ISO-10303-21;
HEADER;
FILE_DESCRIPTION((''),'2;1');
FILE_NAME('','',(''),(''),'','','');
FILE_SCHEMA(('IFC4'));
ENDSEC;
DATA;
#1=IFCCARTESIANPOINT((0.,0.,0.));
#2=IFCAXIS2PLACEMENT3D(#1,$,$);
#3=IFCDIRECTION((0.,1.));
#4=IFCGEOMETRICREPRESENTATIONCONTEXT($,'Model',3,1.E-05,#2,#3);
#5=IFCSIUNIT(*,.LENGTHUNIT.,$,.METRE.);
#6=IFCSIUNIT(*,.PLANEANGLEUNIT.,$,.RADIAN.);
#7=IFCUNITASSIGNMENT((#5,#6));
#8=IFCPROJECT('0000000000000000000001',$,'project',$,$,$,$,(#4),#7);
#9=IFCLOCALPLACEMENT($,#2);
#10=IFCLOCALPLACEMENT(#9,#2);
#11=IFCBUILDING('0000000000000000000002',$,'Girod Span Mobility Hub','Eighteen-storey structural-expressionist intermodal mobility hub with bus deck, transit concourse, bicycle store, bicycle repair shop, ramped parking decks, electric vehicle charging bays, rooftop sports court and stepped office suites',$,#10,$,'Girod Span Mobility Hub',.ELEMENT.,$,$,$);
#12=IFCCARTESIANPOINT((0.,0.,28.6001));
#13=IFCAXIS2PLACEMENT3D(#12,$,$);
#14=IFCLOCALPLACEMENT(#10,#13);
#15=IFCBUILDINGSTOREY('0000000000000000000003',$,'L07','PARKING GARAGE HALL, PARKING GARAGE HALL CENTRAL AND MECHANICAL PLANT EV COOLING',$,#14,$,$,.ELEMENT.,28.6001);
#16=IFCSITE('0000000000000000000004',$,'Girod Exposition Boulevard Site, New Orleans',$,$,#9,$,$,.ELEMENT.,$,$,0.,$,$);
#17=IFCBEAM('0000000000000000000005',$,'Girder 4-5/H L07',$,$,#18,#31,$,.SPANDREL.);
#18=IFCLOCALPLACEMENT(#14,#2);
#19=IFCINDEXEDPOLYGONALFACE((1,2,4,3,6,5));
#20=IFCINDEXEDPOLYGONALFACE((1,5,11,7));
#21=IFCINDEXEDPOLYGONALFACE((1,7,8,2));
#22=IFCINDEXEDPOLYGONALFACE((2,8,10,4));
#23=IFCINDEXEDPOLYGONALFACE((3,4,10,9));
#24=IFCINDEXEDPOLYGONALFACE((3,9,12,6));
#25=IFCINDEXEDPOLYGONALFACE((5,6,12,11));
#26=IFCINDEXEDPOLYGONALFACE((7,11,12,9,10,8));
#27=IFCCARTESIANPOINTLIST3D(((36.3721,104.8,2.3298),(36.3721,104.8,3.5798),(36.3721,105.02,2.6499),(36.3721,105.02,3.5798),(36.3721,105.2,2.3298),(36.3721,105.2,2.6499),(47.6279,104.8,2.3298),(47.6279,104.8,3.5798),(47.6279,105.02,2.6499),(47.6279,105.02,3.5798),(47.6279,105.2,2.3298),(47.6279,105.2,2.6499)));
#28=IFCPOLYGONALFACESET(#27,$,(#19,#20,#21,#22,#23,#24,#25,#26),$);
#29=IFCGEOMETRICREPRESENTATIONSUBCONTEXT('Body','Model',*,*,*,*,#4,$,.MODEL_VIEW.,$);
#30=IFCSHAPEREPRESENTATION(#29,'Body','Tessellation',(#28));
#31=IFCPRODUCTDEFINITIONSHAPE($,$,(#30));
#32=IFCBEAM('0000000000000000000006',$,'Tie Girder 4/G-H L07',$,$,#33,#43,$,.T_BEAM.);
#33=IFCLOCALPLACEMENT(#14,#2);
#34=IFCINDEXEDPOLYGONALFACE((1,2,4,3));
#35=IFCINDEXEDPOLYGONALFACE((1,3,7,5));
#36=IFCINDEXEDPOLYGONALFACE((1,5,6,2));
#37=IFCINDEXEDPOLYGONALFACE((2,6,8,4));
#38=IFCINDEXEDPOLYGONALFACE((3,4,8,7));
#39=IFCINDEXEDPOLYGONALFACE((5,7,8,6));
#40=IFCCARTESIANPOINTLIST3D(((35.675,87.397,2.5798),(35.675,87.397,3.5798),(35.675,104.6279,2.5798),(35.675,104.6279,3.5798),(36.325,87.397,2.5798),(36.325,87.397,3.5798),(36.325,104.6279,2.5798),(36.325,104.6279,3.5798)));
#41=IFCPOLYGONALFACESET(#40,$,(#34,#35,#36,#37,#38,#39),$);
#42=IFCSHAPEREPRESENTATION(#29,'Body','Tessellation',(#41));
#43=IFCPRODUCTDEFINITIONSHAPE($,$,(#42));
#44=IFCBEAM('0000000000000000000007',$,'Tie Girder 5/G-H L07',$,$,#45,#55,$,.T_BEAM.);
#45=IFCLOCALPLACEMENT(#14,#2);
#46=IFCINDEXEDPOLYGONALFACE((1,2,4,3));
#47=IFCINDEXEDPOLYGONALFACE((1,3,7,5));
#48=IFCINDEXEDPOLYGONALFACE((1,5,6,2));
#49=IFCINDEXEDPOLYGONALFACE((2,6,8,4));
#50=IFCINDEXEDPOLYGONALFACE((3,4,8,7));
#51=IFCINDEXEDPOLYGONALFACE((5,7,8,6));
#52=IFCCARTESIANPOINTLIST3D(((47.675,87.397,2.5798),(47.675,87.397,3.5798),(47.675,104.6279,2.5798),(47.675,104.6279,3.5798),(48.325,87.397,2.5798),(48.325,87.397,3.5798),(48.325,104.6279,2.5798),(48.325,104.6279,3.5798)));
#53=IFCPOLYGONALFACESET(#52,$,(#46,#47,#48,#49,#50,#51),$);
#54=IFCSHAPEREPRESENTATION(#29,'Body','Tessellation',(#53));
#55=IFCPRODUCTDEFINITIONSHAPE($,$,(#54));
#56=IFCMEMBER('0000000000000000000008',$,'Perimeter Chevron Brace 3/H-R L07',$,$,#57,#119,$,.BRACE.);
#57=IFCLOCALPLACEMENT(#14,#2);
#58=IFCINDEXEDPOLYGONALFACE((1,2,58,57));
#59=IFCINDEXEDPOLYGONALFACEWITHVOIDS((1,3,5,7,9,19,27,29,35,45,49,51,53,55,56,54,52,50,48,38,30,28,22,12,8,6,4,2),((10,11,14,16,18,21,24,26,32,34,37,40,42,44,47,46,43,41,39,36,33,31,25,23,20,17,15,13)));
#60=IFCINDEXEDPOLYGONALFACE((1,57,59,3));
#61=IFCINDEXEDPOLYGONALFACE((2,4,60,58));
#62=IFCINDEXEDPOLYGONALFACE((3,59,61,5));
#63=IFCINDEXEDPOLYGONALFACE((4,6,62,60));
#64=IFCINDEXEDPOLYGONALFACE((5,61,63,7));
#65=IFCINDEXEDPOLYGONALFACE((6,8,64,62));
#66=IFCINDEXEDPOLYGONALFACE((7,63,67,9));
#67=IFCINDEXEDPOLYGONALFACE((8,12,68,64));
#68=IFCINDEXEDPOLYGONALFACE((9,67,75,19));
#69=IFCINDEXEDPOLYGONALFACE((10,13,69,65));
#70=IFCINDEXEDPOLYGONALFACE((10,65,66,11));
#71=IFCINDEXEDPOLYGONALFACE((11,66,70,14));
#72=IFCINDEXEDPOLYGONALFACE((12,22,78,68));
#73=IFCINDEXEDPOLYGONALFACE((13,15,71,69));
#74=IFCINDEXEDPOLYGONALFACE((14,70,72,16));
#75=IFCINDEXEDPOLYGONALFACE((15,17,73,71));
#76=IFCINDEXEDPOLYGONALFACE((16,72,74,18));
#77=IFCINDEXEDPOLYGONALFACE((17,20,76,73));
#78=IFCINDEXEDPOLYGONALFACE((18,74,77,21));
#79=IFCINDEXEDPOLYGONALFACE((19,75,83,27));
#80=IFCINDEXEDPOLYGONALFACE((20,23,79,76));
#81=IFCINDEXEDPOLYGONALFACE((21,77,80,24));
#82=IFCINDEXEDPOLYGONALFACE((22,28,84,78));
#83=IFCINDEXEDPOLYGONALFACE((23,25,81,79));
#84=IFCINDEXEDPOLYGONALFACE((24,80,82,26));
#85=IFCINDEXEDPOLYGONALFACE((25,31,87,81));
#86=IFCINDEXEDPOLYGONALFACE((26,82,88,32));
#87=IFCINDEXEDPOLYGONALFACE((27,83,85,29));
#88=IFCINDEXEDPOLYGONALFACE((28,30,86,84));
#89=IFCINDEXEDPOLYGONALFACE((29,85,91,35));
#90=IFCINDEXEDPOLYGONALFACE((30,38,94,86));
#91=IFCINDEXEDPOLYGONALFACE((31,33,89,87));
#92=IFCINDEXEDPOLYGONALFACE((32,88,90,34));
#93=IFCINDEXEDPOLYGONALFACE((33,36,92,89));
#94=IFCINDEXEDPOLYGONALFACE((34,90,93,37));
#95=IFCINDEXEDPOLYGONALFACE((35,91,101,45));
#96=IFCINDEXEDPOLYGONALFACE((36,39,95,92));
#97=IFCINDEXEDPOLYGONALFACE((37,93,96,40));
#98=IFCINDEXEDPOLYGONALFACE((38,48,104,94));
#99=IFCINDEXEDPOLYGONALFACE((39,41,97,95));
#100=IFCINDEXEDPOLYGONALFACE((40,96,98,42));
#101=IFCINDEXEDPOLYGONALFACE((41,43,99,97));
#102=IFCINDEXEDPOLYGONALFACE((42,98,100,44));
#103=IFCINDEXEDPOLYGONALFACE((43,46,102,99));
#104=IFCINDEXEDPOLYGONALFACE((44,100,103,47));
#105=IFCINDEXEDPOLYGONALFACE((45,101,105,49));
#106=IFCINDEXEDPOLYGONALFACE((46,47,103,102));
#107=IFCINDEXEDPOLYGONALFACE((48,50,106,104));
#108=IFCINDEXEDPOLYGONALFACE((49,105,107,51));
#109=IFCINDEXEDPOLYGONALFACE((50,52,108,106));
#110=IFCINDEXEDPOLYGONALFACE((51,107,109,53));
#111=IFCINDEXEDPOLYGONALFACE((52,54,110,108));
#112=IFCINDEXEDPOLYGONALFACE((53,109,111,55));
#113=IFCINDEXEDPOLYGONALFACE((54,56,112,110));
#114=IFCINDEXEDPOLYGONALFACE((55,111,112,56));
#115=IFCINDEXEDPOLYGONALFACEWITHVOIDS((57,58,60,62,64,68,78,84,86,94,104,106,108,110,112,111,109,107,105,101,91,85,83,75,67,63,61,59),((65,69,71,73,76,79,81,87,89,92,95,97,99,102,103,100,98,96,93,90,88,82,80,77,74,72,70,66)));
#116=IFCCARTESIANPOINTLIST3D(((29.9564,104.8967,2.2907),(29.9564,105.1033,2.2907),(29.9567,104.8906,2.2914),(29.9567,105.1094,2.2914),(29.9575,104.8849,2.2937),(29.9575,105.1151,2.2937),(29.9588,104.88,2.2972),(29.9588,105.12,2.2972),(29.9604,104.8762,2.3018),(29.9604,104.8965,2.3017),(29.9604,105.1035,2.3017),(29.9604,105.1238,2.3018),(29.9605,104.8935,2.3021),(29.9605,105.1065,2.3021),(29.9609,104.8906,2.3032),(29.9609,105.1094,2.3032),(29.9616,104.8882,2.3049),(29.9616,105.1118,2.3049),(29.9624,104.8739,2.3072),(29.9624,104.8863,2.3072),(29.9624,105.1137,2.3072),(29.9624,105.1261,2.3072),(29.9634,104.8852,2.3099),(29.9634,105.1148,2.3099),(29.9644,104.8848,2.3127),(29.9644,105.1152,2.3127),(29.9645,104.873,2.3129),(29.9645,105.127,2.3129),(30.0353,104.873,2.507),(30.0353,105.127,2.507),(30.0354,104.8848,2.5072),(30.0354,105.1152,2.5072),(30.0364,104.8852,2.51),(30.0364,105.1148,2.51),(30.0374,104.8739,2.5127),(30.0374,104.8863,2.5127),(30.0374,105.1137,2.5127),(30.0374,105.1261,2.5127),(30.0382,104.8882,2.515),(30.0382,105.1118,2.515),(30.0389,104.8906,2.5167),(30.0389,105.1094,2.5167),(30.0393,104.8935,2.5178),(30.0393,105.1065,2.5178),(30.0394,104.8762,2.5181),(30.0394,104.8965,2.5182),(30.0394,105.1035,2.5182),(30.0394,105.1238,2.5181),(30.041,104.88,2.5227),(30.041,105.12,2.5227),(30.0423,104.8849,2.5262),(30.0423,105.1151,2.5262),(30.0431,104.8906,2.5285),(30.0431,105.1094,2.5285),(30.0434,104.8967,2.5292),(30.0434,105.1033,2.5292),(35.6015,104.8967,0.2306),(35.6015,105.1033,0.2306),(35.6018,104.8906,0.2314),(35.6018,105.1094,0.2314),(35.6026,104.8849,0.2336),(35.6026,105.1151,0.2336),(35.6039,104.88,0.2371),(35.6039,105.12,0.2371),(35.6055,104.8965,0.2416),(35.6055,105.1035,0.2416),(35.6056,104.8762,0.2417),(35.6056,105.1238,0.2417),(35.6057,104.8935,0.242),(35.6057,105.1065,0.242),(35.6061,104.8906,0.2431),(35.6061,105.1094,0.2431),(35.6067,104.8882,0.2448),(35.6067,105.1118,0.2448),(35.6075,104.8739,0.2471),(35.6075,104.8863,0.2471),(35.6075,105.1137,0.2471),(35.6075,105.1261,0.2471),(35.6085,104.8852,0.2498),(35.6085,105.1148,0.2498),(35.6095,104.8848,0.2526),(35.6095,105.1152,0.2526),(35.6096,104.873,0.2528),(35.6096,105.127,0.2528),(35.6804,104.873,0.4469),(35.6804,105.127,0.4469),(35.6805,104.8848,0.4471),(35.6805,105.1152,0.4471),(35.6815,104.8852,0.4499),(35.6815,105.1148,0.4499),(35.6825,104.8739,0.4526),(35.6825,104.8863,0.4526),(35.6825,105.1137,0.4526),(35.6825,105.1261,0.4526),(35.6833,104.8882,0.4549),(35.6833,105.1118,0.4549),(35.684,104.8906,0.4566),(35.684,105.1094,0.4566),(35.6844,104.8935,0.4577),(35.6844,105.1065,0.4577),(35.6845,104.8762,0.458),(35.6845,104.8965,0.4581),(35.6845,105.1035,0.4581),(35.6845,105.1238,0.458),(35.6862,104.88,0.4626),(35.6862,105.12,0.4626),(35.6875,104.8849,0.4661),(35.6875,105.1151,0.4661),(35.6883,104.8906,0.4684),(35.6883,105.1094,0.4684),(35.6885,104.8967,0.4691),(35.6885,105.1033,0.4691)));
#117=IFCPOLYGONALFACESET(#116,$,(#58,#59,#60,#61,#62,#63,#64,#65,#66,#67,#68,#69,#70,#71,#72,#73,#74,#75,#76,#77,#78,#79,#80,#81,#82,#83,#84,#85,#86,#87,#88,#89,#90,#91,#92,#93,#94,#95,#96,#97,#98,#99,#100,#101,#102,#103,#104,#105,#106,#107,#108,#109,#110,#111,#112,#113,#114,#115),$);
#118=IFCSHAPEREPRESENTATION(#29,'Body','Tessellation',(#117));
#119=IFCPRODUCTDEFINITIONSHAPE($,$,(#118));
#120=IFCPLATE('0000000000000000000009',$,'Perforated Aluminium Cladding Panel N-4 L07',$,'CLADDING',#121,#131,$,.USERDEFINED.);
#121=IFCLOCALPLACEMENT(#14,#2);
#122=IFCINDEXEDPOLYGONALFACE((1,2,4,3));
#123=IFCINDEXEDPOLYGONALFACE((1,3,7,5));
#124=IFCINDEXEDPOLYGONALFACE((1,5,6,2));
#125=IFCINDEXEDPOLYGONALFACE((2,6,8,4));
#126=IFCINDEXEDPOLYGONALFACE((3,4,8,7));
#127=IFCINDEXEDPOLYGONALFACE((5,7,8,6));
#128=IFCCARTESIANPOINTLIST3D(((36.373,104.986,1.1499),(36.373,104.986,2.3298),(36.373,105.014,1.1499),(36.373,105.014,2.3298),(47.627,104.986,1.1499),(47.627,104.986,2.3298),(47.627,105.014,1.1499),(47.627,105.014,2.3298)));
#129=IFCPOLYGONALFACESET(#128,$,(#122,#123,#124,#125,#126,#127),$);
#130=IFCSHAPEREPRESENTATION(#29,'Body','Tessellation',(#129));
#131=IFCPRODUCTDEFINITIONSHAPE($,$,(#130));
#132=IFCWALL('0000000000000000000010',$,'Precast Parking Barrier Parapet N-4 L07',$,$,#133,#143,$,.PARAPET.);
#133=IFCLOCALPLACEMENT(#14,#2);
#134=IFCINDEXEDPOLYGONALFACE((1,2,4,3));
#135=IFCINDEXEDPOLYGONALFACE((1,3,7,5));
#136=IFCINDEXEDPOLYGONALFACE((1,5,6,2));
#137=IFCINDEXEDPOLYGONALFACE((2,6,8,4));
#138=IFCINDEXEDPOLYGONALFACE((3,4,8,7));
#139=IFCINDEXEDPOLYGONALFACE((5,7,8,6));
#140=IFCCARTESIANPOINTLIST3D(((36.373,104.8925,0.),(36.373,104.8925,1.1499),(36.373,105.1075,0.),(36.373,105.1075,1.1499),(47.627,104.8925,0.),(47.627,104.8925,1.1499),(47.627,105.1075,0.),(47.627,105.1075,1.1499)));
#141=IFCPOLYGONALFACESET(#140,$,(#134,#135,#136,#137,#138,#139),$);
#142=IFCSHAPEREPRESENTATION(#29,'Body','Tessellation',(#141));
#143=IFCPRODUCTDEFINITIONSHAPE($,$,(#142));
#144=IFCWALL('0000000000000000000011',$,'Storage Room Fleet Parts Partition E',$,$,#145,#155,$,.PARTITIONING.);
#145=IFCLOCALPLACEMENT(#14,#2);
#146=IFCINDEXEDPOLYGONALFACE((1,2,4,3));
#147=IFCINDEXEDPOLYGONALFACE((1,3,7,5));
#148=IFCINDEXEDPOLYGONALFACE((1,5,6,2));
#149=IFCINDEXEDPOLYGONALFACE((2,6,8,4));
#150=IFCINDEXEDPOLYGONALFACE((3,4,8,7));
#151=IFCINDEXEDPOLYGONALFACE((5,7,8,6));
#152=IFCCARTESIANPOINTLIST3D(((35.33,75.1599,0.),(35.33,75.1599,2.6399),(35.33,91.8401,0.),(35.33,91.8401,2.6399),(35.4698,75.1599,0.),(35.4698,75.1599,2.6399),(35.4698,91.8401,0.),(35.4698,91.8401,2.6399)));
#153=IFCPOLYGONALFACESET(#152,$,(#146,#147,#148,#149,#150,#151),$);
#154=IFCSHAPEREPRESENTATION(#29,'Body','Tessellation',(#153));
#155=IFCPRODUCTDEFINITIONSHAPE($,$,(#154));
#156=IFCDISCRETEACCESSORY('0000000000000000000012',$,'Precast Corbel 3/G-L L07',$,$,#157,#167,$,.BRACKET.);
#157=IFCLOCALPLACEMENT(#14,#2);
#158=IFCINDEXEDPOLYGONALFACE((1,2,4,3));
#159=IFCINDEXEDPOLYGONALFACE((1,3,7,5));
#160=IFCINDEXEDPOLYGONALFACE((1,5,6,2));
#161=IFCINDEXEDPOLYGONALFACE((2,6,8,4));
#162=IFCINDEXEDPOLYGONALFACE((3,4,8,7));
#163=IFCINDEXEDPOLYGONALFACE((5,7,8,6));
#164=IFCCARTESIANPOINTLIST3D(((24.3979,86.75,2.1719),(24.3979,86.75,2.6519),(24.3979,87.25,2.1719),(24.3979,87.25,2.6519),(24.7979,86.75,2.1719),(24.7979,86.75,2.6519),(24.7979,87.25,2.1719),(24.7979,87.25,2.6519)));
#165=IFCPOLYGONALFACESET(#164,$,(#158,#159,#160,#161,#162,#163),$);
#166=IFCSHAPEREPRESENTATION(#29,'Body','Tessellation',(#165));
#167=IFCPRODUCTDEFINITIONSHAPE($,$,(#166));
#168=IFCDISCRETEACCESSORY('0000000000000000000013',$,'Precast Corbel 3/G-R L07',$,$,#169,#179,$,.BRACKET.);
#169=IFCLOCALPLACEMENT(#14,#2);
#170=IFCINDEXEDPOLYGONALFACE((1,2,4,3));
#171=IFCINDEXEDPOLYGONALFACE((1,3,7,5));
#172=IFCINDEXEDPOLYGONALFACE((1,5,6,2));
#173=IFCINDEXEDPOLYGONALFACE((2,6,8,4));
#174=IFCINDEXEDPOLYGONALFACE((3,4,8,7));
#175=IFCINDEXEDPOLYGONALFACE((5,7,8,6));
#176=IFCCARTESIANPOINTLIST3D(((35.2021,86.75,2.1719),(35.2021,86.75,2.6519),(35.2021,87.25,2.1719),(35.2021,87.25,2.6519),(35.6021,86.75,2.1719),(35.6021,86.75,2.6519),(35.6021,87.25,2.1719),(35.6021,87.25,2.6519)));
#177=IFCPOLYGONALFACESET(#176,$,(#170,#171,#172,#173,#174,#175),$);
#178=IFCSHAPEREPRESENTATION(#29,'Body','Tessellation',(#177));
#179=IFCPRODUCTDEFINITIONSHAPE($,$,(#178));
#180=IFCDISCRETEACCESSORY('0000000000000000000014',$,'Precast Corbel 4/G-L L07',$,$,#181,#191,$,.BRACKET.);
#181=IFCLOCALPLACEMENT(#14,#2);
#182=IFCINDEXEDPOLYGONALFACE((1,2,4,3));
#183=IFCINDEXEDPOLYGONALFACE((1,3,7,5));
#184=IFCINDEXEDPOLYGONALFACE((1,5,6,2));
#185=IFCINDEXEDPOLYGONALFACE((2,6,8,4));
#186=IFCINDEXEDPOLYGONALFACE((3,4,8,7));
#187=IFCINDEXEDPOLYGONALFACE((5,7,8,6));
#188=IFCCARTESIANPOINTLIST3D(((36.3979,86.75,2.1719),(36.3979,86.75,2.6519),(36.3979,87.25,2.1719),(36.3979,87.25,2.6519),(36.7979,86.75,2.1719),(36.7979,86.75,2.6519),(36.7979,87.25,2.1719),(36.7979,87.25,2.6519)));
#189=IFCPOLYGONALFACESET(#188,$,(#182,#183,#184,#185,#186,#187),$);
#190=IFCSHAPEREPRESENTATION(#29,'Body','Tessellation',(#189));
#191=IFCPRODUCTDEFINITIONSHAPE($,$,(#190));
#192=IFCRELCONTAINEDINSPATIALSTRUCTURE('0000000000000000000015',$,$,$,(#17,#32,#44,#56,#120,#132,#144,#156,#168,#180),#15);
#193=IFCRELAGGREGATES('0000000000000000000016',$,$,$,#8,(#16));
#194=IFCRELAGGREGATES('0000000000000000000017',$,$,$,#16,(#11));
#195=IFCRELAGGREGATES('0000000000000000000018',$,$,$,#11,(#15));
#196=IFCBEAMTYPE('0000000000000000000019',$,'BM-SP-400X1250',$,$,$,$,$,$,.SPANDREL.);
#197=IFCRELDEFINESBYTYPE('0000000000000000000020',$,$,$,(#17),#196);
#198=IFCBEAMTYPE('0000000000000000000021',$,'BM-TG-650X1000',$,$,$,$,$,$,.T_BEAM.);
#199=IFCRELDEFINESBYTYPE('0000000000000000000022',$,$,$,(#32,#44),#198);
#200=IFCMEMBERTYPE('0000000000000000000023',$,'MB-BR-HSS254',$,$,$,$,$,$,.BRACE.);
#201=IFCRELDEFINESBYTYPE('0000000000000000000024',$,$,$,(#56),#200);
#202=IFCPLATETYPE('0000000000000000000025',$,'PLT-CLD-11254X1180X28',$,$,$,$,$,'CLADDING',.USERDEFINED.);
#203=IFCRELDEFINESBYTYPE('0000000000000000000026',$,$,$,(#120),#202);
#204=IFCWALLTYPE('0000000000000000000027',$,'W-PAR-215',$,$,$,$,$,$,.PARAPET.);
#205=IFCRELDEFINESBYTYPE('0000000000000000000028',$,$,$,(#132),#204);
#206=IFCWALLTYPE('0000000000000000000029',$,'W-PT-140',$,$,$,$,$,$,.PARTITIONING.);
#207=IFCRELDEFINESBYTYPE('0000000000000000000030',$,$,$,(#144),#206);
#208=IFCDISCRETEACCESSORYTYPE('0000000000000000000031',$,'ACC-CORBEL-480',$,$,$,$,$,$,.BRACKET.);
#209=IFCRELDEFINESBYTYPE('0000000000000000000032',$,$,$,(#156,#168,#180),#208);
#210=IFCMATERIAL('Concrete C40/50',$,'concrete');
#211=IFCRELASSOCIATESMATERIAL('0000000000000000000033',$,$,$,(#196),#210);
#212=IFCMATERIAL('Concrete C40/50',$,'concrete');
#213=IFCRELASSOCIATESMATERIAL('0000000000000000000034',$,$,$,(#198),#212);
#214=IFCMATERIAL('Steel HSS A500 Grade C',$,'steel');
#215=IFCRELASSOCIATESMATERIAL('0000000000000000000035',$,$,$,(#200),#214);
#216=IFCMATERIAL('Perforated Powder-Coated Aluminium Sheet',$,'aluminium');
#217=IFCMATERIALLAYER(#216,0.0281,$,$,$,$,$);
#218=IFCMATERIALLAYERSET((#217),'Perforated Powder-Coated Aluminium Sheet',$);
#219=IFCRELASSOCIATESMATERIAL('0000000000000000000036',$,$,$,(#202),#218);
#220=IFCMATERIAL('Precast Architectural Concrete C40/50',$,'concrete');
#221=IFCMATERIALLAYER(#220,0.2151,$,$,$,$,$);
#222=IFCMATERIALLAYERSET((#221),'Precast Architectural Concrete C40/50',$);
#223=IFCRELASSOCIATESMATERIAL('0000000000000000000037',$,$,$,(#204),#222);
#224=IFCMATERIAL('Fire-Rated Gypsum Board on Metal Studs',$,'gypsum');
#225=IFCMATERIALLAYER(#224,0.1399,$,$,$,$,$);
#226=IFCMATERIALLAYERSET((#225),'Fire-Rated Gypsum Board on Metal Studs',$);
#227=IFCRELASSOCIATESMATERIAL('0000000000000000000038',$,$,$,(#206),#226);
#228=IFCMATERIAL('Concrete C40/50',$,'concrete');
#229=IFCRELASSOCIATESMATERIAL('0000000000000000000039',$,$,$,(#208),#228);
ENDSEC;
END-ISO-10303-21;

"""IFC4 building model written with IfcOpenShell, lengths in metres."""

from ifc_helpers import new_model, si_unit, direction, frame, frame_2d, origin, origin_2d, place, context, subcontext, project, spatial, polyline, rectangle, hollow_rectangle, outline, extrude, material, layer, layer_set, material_profile, profile_set, type_object, element, save


model = new_model("IFC4")

# Units and contexts
model_context = context("Model", 3, precision=1e-05, world=origin(), true_north=direction((0.0, 1.0)))
body_context = subcontext(model_context, "Body", "Model", "MODEL_VIEW")
ifc_project = project(units=[si_unit("LENGTHUNIT", "METRE"), si_unit("PLANEANGLEUNIT", "RADIAN")], contexts=[model_context])

# Site, building, storey
site_placement = place(None, origin())
site = spatial("IfcSite", under=ifc_project, at=site_placement, Name="Girod Exposition Boulevard Site, New Orleans", CompositionType="ELEMENT", RefElevation=0.0)
building_placement = place(site_placement, origin())
building = spatial("IfcBuilding", under=site, at=building_placement, Name="Girod Span Mobility Hub", Description="Eighteen-storey structural-expressionist intermodal mobility hub with bus deck, transit concourse, bicycle store, bicycle repair shop, ramped parking decks, electric vehicle charging bays, rooftop sports court and stepped office suites", LongName="Girod Span Mobility Hub", CompositionType="ELEMENT")
storey_placement = place(building_placement, frame((0.0, 0.0, 28.6001)))
storey = spatial("IfcBuildingStorey", under=building, at=storey_placement, Name="L07", Description="PARKING GARAGE HALL, PARKING GARAGE HALL CENTRAL AND MECHANICAL PLANT EV COOLING", CompositionType="ELEMENT", Elevation=28.6001)

# Beams
ifc_material_1 = material(Name="Concrete C40/50", Category="concrete")
ifc_material_profile_1 = material_profile(ifc_material_1, outline(polyline([(-0.2, -0.625), (0.2, -0.625), (0.2, -0.3049), (0.02, -0.3049), (0.02, 0.625), (-0.2, 0.625), (-0.2, -0.625)])), Name="SP-400X1250")
ifc_profile_set_1 = profile_set([ifc_material_profile_1], Name="Concrete C40/50")
beam_type_1 = type_object("IfcBeamType", Name="BM-SP-400X1250", PredefinedType="SPANDREL", material=ifc_profile_set_1)
beam_1_placement = place(storey_placement, frame((36.3721, 105.0, 2.9548), z_axis=(1.0, 0.0, 0.0), x_axis=(0.0, 1.0, 0.0)))
element("IfcBeam", 1, at=beam_1_placement, inside=storey, type_object=beam_type_1, Name="Girder 4-5/H L07", PredefinedType="SPANDREL", context=body_context, shape_type="SweptSolid", body=[
    extrude(outline(polyline([(-0.2, -0.625), (0.2, -0.625), (0.2, -0.3049), (0.02, -0.3049), (0.02, 0.625), (-0.2, 0.625), (-0.2, -0.625)])), origin(), (0.0, 0.0, 1.0), 11.2559),
])
ifc_material_2 = material(Name="Concrete C40/50", Category="concrete")
ifc_material_profile_2 = material_profile(ifc_material_2, rectangle(XDim=0.6499, YDim=1.0, at=origin_2d()), Name="TG-650X1000")
ifc_profile_set_2 = profile_set([ifc_material_profile_2], Name="Concrete C40/50")
beam_type_2 = type_object("IfcBeamType", Name="BM-TG-650X1000", PredefinedType="T_BEAM", material=ifc_profile_set_2)
for number, where, z_axis, x_axis, name in (
    (2, (36.0, 87.397, 3.0798), (0.0, 1.0, 0.0), (-1.0, 0.0, 0.0), "Tie Girder 4/G-H L07"),
    (3, (48.0, 87.397, 3.0798), (0.0, 1.0, 0.0), (-1.0, 0.0, 0.0), "Tie Girder 5/G-H L07"),
):
    element("IfcBeam", number, at=place(storey_placement, frame(where, z_axis=z_axis, x_axis=x_axis)), inside=storey, type_object=beam_type_2, Name=name, PredefinedType="T_BEAM", context=body_context, shape_type="SweptSolid", body=[
        extrude(rectangle(XDim=0.6499, YDim=1.0, at=origin_2d()), origin(), (0.0, 0.0, 1.0), 17.231),
    ])

# Member
ifc_material_3 = material(Name="Steel HSS A500 Grade C", Category="steel")
ifc_material_profile_3 = material_profile(ifc_material_3, hollow_rectangle(XDim=0.2539, YDim=0.2539, WallThickness=0.0117, InnerFilletRadius=0.0117, OuterFilletRadius=0.0237, at=origin_2d()), Name="HSS254X254X12.7")
ifc_profile_set_3 = profile_set([ifc_material_profile_3], Name="Steel HSS A500 Grade C")
member_type = type_object("IfcMemberType", Name="MB-BR-HSS254", PredefinedType="BRACE", material=ifc_profile_set_3)
member_placement = place(storey_placement, frame((35.645, 105.0, 0.3499), z_axis=(-0.939401, 0.0, 0.342819), x_axis=(0.0, -1.0, 0.0)))
element("IfcMember", 4, at=member_placement, inside=storey, type_object=member_type, Name="Perimeter Chevron Brace 3/H-R L07", PredefinedType="BRACE", context=body_context, shape_type="SweptSolid", body=[
    extrude(hollow_rectangle(XDim=0.2539, YDim=0.2539, WallThickness=0.0117, InnerFilletRadius=0.0117, OuterFilletRadius=0.0237, at=origin_2d()), origin(), (0.0, 0.0, 1.0), 6.0093),
])

# Plate
ifc_material_4 = material(Name="Perforated Powder-Coated Aluminium Sheet", Category="aluminium")
ifc_layer_1 = layer(ifc_material_4, 0.0281)
ifc_layer_set_1 = layer_set([ifc_layer_1], Name="Perforated Powder-Coated Aluminium Sheet")
plate_type = type_object("IfcPlateType", Name="PLT-CLD-11254X1180X28", ElementType="CLADDING", PredefinedType="USERDEFINED", material=ifc_layer_set_1)
plate_placement = place(storey_placement, frame((42.0, 105.0, 1.1499), z_axis=(0.0, 0.0, 1.0), x_axis=(1.0, 0.0, 0.0)))
element("IfcPlate", 5, at=plate_placement, inside=storey, type_object=plate_type, Name="Perforated Aluminium Cladding Panel N-4 L07", ObjectType="CLADDING", PredefinedType="USERDEFINED", context=body_context, shape_type="SweptSolid", body=[
    extrude(rectangle(XDim=11.2539, YDim=0.0281, at=origin_2d()), origin(), (0.0, 0.0, 1.0), 1.1799),
])

# Walls
ifc_material_5 = material(Name="Precast Architectural Concrete C40/50", Category="concrete")
ifc_layer_2 = layer(ifc_material_5, 0.2151)
ifc_layer_set_2 = layer_set([ifc_layer_2], Name="Precast Architectural Concrete C40/50")
wall_type_1 = type_object("IfcWallType", Name="W-PAR-215", PredefinedType="PARAPET", material=ifc_layer_set_2)
wall_1_placement = place(storey_placement, frame((36.373, 105.0, 0.0), z_axis=(0.0, 0.0, 1.0), x_axis=(1.0, 0.0, 0.0)))
element("IfcWall", 6, at=wall_1_placement, inside=storey, type_object=wall_type_1, Name="Precast Parking Barrier Parapet N-4 L07", PredefinedType="PARAPET", context=body_context, shape_type="SweptSolid", body=[
    extrude(rectangle(XDim=11.2539, YDim=0.2151, at=frame_2d((5.627, 0.0))), origin(), (0.0, 0.0, 1.0), 1.1499),
])
ifc_material_6 = material(Name="Fire-Rated Gypsum Board on Metal Studs", Category="gypsum")
ifc_layer_3 = layer(ifc_material_6, 0.1399)
ifc_layer_set_3 = layer_set([ifc_layer_3], Name="Fire-Rated Gypsum Board on Metal Studs")
wall_type_2 = type_object("IfcWallType", Name="W-PT-140", PredefinedType="PARTITIONING", material=ifc_layer_set_3)
wall_2_placement = place(storey_placement, frame((35.3999, 75.1599, 0.0), z_axis=(0.0, 0.0, 1.0), x_axis=(0.0, 1.0, 0.0)))
element("IfcWall", 7, at=wall_2_placement, inside=storey, type_object=wall_type_2, Name="Storage Room Fleet Parts Partition E", PredefinedType="PARTITIONING", context=body_context, shape_type="SweptSolid", body=[
    extrude(rectangle(XDim=16.6802, YDim=0.1399, at=frame_2d((8.3401, 0.0))), origin(), (0.0, 0.0, 1.0), 2.6399),
])

# Discrete accessories
ifc_material_7 = material(Name="Concrete C40/50", Category="concrete")
discrete_accessory_type = type_object("IfcDiscreteAccessoryType", Name="ACC-CORBEL-480", PredefinedType="BRACKET", material=ifc_material_7)
for number, where, z_axis, x_axis, name in (
    (8, (24.5979, 87.0, 2.1719), (0.0, 0.0, 1.0), (1.0, 0.0, 0.0), "Precast Corbel 3/G-L L07"),
    (9, (35.4021, 87.0, 2.1719), (0.0, 0.0, 1.0), (1.0, 0.0, 0.0), "Precast Corbel 3/G-R L07"),
    (10, (36.5979, 87.0, 2.1719), (0.0, 0.0, 1.0), (1.0, 0.0, 0.0), "Precast Corbel 4/G-L L07"),
):
    element("IfcDiscreteAccessory", number, at=place(storey_placement, frame(where, z_axis=z_axis, x_axis=x_axis)), inside=storey, type_object=discrete_accessory_type, Name=name, PredefinedType="BRACKET", context=body_context, shape_type="SweptSolid", body=[
        extrude(rectangle(XDim=0.3999, YDim=0.5, at=origin_2d()), origin(), (0.0, 0.0, 1.0), 0.48),
    ])

save(model, "model.ifc")
